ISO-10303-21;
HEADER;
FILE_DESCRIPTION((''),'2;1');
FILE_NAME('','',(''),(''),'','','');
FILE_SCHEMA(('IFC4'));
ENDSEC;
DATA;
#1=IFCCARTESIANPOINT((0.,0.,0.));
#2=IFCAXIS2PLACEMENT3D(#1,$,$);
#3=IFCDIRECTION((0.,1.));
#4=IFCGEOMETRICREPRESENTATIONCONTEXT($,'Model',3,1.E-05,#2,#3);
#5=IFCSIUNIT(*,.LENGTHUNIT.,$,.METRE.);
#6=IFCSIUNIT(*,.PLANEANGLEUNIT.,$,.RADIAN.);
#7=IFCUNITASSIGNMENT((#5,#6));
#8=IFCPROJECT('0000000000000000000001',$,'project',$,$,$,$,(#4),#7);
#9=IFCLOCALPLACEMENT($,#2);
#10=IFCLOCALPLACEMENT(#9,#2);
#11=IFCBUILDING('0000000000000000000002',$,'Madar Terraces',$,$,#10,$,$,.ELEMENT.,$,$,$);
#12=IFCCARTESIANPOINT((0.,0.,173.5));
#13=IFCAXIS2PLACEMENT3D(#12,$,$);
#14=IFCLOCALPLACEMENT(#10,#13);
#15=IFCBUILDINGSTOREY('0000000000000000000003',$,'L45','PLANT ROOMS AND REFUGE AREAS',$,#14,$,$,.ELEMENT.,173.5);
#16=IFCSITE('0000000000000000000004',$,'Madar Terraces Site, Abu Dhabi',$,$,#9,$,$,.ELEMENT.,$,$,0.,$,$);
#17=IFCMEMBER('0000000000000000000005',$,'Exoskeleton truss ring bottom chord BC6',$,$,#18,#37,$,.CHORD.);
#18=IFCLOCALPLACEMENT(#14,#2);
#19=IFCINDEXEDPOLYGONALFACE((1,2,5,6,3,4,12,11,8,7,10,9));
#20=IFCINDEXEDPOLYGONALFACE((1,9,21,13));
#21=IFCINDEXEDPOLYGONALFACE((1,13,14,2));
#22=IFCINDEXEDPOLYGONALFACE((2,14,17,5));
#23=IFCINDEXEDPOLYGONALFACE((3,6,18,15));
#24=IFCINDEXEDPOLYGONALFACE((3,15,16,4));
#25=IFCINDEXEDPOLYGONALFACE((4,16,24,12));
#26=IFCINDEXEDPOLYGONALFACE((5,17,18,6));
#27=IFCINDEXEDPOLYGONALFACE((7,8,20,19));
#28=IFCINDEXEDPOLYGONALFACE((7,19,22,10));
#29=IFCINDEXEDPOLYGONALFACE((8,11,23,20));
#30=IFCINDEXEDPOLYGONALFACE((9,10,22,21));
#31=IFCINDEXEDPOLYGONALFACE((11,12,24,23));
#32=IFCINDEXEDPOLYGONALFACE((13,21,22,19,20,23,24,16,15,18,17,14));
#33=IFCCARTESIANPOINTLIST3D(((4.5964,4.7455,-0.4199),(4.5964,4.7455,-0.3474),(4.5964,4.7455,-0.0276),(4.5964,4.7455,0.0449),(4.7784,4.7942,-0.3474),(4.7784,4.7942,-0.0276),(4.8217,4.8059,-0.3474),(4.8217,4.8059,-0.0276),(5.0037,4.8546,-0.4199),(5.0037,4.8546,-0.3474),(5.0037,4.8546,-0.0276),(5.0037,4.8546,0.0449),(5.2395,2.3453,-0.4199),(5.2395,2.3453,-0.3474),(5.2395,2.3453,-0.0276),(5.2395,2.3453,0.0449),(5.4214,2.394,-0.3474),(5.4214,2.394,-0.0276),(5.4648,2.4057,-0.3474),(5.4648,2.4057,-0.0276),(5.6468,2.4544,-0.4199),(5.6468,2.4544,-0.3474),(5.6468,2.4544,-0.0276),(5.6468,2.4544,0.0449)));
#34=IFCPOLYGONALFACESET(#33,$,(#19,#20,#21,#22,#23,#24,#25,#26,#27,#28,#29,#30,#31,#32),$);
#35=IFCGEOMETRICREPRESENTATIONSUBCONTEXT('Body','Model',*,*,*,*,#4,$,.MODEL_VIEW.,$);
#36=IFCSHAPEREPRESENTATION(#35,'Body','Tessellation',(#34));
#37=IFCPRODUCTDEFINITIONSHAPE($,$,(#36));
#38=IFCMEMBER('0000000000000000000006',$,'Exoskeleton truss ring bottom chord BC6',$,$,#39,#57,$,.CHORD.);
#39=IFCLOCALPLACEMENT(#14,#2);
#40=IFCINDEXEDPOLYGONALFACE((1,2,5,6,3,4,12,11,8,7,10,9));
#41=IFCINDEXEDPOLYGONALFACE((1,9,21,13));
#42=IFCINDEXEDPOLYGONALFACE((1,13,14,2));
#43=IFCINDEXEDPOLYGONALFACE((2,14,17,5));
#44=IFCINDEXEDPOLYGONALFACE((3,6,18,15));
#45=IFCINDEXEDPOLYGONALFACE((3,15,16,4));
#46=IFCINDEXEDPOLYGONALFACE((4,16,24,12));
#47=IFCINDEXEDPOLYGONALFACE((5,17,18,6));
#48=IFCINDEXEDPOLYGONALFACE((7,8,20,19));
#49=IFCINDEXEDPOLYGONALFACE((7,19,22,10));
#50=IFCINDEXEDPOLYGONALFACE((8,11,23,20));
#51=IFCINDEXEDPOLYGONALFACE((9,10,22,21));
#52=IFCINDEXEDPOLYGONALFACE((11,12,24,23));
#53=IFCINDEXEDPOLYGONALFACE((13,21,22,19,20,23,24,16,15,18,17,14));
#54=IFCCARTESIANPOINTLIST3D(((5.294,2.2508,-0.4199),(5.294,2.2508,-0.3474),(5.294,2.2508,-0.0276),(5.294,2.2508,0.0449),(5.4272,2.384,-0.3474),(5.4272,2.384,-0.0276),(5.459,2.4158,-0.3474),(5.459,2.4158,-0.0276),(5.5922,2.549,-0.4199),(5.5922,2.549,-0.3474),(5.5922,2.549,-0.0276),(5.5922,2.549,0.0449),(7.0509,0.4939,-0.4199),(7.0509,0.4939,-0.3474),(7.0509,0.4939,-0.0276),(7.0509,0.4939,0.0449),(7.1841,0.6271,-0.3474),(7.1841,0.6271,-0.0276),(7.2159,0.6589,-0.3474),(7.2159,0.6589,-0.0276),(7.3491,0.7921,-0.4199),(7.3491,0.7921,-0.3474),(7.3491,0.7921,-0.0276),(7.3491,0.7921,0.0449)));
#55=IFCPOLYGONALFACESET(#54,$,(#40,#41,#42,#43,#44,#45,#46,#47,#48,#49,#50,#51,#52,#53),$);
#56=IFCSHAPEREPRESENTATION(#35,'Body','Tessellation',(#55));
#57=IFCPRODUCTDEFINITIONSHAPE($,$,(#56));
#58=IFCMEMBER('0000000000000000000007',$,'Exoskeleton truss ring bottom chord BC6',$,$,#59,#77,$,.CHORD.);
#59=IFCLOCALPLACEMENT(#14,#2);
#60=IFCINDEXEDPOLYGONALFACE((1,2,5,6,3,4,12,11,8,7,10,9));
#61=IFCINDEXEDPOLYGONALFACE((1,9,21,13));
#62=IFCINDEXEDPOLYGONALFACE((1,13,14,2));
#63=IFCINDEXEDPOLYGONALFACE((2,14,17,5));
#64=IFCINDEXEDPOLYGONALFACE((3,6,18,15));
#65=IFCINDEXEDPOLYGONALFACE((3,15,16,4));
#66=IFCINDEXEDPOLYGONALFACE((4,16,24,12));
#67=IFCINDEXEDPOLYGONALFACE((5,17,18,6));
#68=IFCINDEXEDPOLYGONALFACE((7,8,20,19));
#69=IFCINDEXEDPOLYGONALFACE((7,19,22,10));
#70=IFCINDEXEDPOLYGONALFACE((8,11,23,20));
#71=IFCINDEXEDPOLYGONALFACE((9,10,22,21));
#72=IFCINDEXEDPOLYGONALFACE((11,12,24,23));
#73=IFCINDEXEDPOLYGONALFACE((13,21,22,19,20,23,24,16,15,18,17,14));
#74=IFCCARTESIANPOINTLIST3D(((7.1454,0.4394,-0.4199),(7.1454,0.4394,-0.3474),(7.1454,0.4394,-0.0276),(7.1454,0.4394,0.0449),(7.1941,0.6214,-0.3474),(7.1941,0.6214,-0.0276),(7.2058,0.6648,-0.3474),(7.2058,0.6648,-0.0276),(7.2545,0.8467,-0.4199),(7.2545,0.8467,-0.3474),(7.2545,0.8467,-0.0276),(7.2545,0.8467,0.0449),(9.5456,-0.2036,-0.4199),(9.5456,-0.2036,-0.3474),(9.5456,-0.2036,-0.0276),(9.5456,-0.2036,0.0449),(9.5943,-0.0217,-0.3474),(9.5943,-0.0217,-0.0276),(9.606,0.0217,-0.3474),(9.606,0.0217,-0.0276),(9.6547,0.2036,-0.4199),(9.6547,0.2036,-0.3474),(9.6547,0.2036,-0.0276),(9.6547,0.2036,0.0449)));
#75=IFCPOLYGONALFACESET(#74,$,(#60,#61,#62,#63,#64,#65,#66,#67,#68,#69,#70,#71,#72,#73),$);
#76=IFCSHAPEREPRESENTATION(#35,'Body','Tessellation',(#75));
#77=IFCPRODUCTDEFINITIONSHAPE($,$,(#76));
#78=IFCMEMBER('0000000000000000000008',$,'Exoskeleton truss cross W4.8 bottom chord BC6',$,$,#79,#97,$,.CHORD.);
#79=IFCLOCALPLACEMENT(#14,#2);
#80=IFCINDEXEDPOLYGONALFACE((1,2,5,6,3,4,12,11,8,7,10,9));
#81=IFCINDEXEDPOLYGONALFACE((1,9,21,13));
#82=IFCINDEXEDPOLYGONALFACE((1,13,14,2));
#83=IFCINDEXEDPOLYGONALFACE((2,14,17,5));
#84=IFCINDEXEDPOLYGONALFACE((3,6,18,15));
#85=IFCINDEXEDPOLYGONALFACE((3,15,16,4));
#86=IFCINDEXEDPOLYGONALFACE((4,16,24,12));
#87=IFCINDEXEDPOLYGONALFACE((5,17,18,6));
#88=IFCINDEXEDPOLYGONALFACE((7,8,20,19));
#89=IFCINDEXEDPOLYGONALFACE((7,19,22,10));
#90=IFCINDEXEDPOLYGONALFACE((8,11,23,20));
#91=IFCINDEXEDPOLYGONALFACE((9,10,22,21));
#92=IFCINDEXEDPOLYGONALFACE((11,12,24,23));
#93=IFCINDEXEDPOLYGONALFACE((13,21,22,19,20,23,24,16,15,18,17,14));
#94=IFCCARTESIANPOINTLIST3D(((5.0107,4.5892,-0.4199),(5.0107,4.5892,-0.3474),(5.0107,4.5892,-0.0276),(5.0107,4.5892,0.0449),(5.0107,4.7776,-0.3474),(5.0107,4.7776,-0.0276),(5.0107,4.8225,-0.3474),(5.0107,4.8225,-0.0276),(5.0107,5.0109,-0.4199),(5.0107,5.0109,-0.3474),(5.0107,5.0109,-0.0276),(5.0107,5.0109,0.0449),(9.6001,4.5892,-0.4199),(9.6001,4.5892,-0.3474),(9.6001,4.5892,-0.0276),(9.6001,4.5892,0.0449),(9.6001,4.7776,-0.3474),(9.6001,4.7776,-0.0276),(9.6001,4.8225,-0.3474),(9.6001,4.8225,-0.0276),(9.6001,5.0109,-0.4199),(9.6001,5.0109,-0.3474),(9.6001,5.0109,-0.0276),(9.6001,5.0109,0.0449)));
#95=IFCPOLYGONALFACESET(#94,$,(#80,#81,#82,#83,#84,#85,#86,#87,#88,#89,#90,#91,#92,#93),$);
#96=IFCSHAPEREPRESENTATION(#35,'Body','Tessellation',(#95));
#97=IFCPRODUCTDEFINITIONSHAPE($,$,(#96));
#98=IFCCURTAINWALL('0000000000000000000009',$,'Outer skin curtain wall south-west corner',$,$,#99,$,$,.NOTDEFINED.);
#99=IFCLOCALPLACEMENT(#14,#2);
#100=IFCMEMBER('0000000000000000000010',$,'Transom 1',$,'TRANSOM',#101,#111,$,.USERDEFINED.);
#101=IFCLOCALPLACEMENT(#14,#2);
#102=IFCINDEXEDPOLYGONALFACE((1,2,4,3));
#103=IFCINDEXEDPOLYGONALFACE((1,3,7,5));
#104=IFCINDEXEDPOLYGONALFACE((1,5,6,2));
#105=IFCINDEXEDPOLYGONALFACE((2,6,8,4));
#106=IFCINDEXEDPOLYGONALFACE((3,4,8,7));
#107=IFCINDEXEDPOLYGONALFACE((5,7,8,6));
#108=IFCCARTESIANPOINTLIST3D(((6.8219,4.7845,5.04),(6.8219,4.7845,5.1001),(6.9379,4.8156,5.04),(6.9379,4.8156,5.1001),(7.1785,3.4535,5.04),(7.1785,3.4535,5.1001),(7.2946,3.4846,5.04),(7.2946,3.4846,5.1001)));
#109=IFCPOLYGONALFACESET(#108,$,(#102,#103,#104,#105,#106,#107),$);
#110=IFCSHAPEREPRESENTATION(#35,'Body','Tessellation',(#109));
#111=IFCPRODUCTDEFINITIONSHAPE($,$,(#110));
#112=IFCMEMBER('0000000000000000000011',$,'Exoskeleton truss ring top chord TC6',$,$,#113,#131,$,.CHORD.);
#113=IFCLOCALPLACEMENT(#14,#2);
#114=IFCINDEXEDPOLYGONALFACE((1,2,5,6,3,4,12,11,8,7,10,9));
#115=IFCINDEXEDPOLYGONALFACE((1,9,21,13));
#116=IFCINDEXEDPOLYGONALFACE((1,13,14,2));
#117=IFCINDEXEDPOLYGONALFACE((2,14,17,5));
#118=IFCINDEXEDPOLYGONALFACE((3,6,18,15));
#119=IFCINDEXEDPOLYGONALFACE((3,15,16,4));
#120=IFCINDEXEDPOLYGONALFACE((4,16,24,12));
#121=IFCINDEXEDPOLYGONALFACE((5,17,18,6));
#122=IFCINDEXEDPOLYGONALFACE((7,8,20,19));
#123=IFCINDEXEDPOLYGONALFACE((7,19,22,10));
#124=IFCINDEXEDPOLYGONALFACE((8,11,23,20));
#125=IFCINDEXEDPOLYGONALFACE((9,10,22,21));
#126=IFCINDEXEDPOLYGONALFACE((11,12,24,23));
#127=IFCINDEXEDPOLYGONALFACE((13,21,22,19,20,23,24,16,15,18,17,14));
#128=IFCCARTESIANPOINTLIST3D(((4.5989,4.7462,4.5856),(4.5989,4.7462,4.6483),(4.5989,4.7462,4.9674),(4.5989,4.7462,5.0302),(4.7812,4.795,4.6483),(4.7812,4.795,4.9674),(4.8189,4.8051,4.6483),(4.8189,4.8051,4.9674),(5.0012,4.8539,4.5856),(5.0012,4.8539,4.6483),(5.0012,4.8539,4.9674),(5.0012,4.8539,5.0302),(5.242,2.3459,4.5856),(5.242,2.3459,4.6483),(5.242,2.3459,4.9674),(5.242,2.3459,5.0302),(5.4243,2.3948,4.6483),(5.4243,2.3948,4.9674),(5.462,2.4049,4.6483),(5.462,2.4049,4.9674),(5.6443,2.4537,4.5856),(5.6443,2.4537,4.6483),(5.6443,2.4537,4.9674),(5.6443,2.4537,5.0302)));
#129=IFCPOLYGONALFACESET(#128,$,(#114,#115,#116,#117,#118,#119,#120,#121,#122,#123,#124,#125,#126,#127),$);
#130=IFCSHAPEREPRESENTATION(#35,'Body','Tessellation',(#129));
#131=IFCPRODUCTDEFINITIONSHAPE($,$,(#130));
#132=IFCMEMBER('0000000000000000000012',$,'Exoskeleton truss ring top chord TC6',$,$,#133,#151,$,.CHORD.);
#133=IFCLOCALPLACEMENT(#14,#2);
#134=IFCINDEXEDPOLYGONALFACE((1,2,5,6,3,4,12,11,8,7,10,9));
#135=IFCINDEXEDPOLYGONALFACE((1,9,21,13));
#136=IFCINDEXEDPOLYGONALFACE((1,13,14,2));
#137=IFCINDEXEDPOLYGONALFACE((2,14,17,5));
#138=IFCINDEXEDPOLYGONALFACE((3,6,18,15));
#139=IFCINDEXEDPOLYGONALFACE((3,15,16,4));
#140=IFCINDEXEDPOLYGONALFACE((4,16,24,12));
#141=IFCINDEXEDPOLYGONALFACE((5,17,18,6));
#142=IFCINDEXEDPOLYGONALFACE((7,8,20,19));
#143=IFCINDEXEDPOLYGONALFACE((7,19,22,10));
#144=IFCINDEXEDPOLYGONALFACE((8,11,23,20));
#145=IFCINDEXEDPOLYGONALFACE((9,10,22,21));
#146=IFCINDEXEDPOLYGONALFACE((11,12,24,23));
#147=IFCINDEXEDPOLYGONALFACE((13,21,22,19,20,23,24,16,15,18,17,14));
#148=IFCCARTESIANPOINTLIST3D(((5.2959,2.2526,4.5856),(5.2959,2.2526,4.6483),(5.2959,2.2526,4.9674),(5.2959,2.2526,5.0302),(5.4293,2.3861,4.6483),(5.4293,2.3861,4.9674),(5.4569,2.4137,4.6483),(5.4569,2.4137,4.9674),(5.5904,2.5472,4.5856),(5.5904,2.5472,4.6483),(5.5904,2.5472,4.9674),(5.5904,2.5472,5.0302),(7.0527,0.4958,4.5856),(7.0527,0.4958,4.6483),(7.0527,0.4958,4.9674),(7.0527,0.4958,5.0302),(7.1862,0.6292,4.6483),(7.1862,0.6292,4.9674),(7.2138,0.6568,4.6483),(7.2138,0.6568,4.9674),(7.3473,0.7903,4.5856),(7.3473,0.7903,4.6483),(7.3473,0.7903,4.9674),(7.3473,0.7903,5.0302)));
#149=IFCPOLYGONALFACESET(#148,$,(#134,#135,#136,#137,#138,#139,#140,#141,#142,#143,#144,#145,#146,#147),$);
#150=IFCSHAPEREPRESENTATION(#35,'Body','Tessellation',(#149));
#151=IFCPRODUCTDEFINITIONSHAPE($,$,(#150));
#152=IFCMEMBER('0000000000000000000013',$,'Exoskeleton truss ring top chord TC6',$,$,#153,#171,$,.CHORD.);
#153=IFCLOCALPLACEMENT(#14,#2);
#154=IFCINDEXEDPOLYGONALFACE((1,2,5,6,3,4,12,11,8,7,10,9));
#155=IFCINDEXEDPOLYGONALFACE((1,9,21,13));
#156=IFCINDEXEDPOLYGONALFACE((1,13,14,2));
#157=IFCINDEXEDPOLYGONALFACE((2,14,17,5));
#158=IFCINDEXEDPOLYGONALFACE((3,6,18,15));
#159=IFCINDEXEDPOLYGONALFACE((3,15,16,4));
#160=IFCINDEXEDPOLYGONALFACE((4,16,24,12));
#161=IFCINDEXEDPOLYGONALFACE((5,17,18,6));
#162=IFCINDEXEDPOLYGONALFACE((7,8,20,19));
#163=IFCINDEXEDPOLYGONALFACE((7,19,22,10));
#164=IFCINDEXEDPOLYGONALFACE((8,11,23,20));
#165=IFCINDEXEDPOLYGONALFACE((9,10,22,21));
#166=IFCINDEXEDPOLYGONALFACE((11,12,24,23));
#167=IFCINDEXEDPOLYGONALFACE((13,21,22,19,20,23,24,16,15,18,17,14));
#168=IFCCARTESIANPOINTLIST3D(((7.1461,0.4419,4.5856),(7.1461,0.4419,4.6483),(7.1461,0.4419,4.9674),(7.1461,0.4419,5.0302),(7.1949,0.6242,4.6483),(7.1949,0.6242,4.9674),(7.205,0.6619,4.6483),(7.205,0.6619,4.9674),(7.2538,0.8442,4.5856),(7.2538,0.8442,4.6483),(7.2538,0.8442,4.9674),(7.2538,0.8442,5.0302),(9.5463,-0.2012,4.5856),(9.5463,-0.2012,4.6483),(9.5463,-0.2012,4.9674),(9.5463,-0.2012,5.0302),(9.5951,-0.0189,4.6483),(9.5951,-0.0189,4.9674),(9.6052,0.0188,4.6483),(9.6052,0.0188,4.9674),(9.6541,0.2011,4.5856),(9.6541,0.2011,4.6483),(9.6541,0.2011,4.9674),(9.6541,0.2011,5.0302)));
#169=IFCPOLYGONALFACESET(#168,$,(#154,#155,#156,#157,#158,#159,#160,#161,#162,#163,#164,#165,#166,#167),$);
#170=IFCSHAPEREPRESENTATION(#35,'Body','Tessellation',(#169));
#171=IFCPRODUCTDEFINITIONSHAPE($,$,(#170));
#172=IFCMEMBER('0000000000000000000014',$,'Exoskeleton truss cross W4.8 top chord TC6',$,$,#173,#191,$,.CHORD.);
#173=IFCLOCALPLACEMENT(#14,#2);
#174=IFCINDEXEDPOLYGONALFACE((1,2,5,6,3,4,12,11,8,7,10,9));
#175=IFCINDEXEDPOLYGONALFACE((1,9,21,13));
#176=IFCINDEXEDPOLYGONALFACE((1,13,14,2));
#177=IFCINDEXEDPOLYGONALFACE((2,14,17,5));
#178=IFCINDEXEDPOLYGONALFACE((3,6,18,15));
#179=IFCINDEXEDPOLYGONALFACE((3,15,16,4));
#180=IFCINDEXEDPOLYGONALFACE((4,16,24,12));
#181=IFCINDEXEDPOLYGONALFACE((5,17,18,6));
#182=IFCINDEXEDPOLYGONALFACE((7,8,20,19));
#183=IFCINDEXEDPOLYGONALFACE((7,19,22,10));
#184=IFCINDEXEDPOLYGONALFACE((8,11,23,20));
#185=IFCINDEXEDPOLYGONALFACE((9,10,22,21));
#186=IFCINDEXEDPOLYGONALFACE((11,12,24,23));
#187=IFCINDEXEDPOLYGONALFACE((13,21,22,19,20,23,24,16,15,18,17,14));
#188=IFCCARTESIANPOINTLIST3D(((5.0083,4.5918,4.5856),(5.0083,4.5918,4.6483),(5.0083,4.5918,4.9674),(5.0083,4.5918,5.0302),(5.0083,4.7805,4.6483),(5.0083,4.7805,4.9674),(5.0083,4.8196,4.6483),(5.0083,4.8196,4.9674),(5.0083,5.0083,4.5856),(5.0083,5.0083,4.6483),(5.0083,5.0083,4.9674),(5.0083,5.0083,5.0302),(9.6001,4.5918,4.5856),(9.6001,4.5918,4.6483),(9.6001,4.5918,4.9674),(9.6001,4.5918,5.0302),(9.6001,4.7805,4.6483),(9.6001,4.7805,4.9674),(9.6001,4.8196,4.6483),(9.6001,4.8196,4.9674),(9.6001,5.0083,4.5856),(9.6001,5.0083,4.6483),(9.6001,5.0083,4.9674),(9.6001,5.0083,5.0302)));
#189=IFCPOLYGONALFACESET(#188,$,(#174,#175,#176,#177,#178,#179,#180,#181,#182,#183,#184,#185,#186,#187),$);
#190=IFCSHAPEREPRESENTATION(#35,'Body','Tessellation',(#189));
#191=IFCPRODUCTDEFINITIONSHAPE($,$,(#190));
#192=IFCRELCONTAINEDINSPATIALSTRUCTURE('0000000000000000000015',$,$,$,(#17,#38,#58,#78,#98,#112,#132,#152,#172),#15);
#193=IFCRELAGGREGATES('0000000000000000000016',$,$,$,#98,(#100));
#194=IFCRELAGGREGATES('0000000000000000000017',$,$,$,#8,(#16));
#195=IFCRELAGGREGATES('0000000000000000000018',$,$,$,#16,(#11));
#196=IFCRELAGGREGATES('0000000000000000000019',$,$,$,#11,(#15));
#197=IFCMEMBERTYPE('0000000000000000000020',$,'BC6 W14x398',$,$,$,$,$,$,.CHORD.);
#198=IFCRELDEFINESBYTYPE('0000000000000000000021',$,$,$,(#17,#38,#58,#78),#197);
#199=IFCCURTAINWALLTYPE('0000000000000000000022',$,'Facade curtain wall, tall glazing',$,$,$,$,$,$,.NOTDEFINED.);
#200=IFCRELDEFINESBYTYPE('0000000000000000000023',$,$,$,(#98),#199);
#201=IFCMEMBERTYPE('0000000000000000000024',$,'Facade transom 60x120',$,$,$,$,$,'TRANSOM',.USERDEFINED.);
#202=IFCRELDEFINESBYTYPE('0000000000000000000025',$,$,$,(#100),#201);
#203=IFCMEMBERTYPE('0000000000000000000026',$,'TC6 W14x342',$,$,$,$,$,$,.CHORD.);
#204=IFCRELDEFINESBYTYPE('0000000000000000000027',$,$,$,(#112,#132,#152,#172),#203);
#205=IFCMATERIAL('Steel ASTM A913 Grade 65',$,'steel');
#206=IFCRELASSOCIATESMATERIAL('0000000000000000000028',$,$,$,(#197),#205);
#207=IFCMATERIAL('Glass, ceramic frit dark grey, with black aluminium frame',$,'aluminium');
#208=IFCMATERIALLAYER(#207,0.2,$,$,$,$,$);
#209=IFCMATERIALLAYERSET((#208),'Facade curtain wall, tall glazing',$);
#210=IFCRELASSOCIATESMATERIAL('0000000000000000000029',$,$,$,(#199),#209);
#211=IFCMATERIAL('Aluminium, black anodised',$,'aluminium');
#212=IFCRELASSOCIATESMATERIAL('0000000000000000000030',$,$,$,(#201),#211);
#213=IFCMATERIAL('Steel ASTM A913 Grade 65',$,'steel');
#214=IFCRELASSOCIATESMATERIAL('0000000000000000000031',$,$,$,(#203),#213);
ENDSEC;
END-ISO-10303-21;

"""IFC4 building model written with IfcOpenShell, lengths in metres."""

from ifc_helpers import new_model, si_unit, direction, frame, origin, origin_2d, place, context, subcontext, project, spatial, rectangle, i_section, extrude, material, layer, layer_set, material_profile, profile_set, type_object, element, aggregate, save


model = new_model("IFC4")

# Units and contexts
model_context = context("Model", 3, precision=1e-05, world=origin(), true_north=direction((0.0, 1.0)))
body_context = subcontext(model_context, "Body", "Model", "MODEL_VIEW")
ifc_project = project(units=[si_unit("LENGTHUNIT", "METRE"), si_unit("PLANEANGLEUNIT", "RADIAN")], contexts=[model_context])

# Site, building, storey
site_placement = place(None, origin())
site = spatial("IfcSite", under=ifc_project, at=site_placement, Name="Madar Terraces Site, Abu Dhabi", CompositionType="ELEMENT", RefElevation=0.0)
building_placement = place(site_placement, origin())
building = spatial("IfcBuilding", under=site, at=building_placement, Name="Madar Terraces", CompositionType="ELEMENT")
storey_placement = place(building_placement, frame((0.0, 0.0, 173.5)))
storey = spatial("IfcBuildingStorey", under=building, at=storey_placement, Name="L45", Description="PLANT ROOMS AND REFUGE AREAS", CompositionType="ELEMENT", Elevation=173.5)

# Members
ifc_material_1 = material(Name="Steel ASTM A913 Grade 65", Category="steel")
ifc_material_profile_1 = material_profile(ifc_material_1, i_section(OverallWidth=0.4216, OverallDepth=0.4648, WebThickness=0.0449, FlangeThickness=0.0725, at=origin_2d()), Name="W14x398")
ifc_profile_set_1 = profile_set([ifc_material_profile_1], Name="Steel ASTM A913 Grade 65")
member_type_1 = type_object("IfcMemberType", Name="BC6 W14x398", PredefinedType="CHORD", material=ifc_profile_set_1)
member_1_placement = place(storey_placement, frame((4.8, 4.8, -0.1875), z_axis=(0.2588, -0.965931, 0.0), x_axis=(0.965931, 0.2588, 0.0)))
element("IfcMember", 1, at=member_1_placement, inside=storey, type_object=member_type_1, Name="Exoskeleton truss ring bottom chord BC6", PredefinedType="CHORD", context=body_context, shape_type="SweptSolid", body=[
    extrude(i_section(OverallWidth=0.4216, OverallDepth=0.4648, WebThickness=0.0449, FlangeThickness=0.0725, at=origin_2d()), origin(), (0.0, 0.0, 1.0), 2.4849),
])
member_2_placement = place(storey_placement, frame((5.4431, 2.3999, -0.1875), z_axis=(0.707107, -0.707107, 0.0), x_axis=(0.707107, 0.707107, 0.0)))
element("IfcMember", 2, at=member_2_placement, inside=storey, type_object=member_type_1, Name="Exoskeleton truss ring bottom chord BC6", PredefinedType="CHORD", context=body_context, shape_type="SweptSolid", body=[
    extrude(i_section(OverallWidth=0.4216, OverallDepth=0.4648, WebThickness=0.0449, FlangeThickness=0.0725, at=origin_2d()), origin(), (0.0, 0.0, 1.0), 2.4846),
])
member_3_placement = place(storey_placement, frame((7.2, 0.6431, -0.1875), z_axis=(0.965931, -0.2588, 0.0), x_axis=(0.2588, 0.965931, 0.0)))
element("IfcMember", 3, at=member_3_placement, inside=storey, type_object=member_type_1, Name="Exoskeleton truss ring bottom chord BC6", PredefinedType="CHORD", context=body_context, shape_type="SweptSolid", body=[
    extrude(i_section(OverallWidth=0.4216, OverallDepth=0.4648, WebThickness=0.0449, FlangeThickness=0.0725, at=origin_2d()), origin(), (0.0, 0.0, 1.0), 2.4849),
])
member_4_placement = place(storey_placement, frame((5.0107, 4.8, -0.1875), z_axis=(1.0, 0.0, 0.0), x_axis=(0.0, 1.0, 0.0)))
element("IfcMember", 4, at=member_4_placement, inside=storey, type_object=member_type_1, Name="Exoskeleton truss cross W4.8 bottom chord BC6", PredefinedType="CHORD", context=body_context, shape_type="SweptSolid", body=[
    extrude(i_section(OverallWidth=0.4216, OverallDepth=0.4648, WebThickness=0.0449, FlangeThickness=0.0725, at=origin_2d()), origin(), (0.0, 0.0, 1.0), 4.5894),
])

# Curtain wall, member
ifc_material_2 = material(Name="Glass, ceramic frit dark grey, with black aluminium frame", Category="aluminium")
ifc_layer_1 = layer(ifc_material_2, 0.2)
ifc_layer_set_1 = layer_set([ifc_layer_1], Name="Facade curtain wall, tall glazing")
curtain_wall_type = type_object("IfcCurtainWallType", Name="Facade curtain wall, tall glazing", PredefinedType="NOTDEFINED", material=ifc_layer_set_1)
curtain_wall_placement = place(storey_placement, origin())
curtain_wall = element("IfcCurtainWall", 5, at=curtain_wall_placement, inside=storey, type_object=curtain_wall_type, Name="Outer skin curtain wall south-west corner", PredefinedType="NOTDEFINED")
ifc_material_3 = material(Name="Aluminium, black anodised", Category="aluminium")
ifc_material_profile_2 = material_profile(ifc_material_3, rectangle(XDim=0.1201, YDim=0.0601, at=origin_2d()), Name="Facade transom 60x120")
ifc_profile_set_2 = profile_set([ifc_material_profile_2], Name="Aluminium, black anodised")
member_type_2 = type_object("IfcMemberType", Name="Facade transom 60x120", ElementType="TRANSOM", PredefinedType="USERDEFINED", material=ifc_profile_set_2)
member_5_placement = place(storey_placement, frame((6.8799, 4.8, 5.0701), z_axis=(0.258842, -0.96592, 0.0), x_axis=(0.96592, 0.258842, 0.0)))
member_5 = element("IfcMember", 6, at=member_5_placement, type_object=member_type_2, Name="Transom 1", ObjectType="TRANSOM", PredefinedType="USERDEFINED", context=body_context, shape_type="SweptSolid", body=[
    extrude(rectangle(XDim=0.1201, YDim=0.0601, at=origin_2d()), origin(), (0.0, 0.0, 1.0), 1.3779),
])

# Members
ifc_material_4 = material(Name="Steel ASTM A913 Grade 65", Category="steel")
ifc_material_profile_3 = material_profile(ifc_material_4, i_section(OverallWidth=0.4165, OverallDepth=0.4446, WebThickness=0.0391, FlangeThickness=0.0627, at=origin_2d()), Name="W14x342")
ifc_profile_set_3 = profile_set([ifc_material_profile_3], Name="Steel ASTM A913 Grade 65")
member_type_3 = type_object("IfcMemberType", Name="TC6 W14x342", PredefinedType="CHORD", material=ifc_profile_set_3)
member_6_placement = place(storey_placement, frame((4.8, 4.8, 4.8079), z_axis=(0.2588, -0.965931, 0.0), x_axis=(0.965931, 0.2588, 0.0)))
element("IfcMember", 7, at=member_6_placement, inside=storey, type_object=member_type_3, Name="Exoskeleton truss ring top chord TC6", PredefinedType="CHORD", context=body_context, shape_type="SweptSolid", body=[
    extrude(i_section(OverallWidth=0.4165, OverallDepth=0.4446, WebThickness=0.0391, FlangeThickness=0.0627, at=origin_2d()), origin(), (0.0, 0.0, 1.0), 2.4849),
])
member_7_placement = place(storey_placement, frame((5.4431, 2.3999, 4.8079), z_axis=(0.707107, -0.707107, 0.0), x_axis=(0.707107, 0.707107, 0.0)))
element("IfcMember", 8, at=member_7_placement, inside=storey, type_object=member_type_3, Name="Exoskeleton truss ring top chord TC6", PredefinedType="CHORD", context=body_context, shape_type="SweptSolid", body=[
    extrude(i_section(OverallWidth=0.4165, OverallDepth=0.4446, WebThickness=0.0391, FlangeThickness=0.0627, at=origin_2d()), origin(), (0.0, 0.0, 1.0), 2.4846),
])
member_8_placement = place(storey_placement, frame((7.2, 0.6431, 4.8079), z_axis=(0.965931, -0.2588, 0.0), x_axis=(0.2588, 0.965931, 0.0)))
element("IfcMember", 9, at=member_8_placement, inside=storey, type_object=member_type_3, Name="Exoskeleton truss ring top chord TC6", PredefinedType="CHORD", context=body_context, shape_type="SweptSolid", body=[
    extrude(i_section(OverallWidth=0.4165, OverallDepth=0.4446, WebThickness=0.0391, FlangeThickness=0.0627, at=origin_2d()), origin(), (0.0, 0.0, 1.0), 2.4849),
])
member_9_placement = place(storey_placement, frame((5.0083, 4.8, 4.8079), z_axis=(1.0, 0.0, 0.0), x_axis=(0.0, 1.0, 0.0)))
element("IfcMember", 10, at=member_9_placement, inside=storey, type_object=member_type_3, Name="Exoskeleton truss cross W4.8 top chord TC6", PredefinedType="CHORD", context=body_context, shape_type="SweptSolid", body=[
    extrude(i_section(OverallWidth=0.4165, OverallDepth=0.4446, WebThickness=0.0391, FlangeThickness=0.0627, at=origin_2d()), origin(), (0.0, 0.0, 1.0), 4.5918),
])

aggregate(curtain_wall, [member_5])

save(model, "model.ifc")
